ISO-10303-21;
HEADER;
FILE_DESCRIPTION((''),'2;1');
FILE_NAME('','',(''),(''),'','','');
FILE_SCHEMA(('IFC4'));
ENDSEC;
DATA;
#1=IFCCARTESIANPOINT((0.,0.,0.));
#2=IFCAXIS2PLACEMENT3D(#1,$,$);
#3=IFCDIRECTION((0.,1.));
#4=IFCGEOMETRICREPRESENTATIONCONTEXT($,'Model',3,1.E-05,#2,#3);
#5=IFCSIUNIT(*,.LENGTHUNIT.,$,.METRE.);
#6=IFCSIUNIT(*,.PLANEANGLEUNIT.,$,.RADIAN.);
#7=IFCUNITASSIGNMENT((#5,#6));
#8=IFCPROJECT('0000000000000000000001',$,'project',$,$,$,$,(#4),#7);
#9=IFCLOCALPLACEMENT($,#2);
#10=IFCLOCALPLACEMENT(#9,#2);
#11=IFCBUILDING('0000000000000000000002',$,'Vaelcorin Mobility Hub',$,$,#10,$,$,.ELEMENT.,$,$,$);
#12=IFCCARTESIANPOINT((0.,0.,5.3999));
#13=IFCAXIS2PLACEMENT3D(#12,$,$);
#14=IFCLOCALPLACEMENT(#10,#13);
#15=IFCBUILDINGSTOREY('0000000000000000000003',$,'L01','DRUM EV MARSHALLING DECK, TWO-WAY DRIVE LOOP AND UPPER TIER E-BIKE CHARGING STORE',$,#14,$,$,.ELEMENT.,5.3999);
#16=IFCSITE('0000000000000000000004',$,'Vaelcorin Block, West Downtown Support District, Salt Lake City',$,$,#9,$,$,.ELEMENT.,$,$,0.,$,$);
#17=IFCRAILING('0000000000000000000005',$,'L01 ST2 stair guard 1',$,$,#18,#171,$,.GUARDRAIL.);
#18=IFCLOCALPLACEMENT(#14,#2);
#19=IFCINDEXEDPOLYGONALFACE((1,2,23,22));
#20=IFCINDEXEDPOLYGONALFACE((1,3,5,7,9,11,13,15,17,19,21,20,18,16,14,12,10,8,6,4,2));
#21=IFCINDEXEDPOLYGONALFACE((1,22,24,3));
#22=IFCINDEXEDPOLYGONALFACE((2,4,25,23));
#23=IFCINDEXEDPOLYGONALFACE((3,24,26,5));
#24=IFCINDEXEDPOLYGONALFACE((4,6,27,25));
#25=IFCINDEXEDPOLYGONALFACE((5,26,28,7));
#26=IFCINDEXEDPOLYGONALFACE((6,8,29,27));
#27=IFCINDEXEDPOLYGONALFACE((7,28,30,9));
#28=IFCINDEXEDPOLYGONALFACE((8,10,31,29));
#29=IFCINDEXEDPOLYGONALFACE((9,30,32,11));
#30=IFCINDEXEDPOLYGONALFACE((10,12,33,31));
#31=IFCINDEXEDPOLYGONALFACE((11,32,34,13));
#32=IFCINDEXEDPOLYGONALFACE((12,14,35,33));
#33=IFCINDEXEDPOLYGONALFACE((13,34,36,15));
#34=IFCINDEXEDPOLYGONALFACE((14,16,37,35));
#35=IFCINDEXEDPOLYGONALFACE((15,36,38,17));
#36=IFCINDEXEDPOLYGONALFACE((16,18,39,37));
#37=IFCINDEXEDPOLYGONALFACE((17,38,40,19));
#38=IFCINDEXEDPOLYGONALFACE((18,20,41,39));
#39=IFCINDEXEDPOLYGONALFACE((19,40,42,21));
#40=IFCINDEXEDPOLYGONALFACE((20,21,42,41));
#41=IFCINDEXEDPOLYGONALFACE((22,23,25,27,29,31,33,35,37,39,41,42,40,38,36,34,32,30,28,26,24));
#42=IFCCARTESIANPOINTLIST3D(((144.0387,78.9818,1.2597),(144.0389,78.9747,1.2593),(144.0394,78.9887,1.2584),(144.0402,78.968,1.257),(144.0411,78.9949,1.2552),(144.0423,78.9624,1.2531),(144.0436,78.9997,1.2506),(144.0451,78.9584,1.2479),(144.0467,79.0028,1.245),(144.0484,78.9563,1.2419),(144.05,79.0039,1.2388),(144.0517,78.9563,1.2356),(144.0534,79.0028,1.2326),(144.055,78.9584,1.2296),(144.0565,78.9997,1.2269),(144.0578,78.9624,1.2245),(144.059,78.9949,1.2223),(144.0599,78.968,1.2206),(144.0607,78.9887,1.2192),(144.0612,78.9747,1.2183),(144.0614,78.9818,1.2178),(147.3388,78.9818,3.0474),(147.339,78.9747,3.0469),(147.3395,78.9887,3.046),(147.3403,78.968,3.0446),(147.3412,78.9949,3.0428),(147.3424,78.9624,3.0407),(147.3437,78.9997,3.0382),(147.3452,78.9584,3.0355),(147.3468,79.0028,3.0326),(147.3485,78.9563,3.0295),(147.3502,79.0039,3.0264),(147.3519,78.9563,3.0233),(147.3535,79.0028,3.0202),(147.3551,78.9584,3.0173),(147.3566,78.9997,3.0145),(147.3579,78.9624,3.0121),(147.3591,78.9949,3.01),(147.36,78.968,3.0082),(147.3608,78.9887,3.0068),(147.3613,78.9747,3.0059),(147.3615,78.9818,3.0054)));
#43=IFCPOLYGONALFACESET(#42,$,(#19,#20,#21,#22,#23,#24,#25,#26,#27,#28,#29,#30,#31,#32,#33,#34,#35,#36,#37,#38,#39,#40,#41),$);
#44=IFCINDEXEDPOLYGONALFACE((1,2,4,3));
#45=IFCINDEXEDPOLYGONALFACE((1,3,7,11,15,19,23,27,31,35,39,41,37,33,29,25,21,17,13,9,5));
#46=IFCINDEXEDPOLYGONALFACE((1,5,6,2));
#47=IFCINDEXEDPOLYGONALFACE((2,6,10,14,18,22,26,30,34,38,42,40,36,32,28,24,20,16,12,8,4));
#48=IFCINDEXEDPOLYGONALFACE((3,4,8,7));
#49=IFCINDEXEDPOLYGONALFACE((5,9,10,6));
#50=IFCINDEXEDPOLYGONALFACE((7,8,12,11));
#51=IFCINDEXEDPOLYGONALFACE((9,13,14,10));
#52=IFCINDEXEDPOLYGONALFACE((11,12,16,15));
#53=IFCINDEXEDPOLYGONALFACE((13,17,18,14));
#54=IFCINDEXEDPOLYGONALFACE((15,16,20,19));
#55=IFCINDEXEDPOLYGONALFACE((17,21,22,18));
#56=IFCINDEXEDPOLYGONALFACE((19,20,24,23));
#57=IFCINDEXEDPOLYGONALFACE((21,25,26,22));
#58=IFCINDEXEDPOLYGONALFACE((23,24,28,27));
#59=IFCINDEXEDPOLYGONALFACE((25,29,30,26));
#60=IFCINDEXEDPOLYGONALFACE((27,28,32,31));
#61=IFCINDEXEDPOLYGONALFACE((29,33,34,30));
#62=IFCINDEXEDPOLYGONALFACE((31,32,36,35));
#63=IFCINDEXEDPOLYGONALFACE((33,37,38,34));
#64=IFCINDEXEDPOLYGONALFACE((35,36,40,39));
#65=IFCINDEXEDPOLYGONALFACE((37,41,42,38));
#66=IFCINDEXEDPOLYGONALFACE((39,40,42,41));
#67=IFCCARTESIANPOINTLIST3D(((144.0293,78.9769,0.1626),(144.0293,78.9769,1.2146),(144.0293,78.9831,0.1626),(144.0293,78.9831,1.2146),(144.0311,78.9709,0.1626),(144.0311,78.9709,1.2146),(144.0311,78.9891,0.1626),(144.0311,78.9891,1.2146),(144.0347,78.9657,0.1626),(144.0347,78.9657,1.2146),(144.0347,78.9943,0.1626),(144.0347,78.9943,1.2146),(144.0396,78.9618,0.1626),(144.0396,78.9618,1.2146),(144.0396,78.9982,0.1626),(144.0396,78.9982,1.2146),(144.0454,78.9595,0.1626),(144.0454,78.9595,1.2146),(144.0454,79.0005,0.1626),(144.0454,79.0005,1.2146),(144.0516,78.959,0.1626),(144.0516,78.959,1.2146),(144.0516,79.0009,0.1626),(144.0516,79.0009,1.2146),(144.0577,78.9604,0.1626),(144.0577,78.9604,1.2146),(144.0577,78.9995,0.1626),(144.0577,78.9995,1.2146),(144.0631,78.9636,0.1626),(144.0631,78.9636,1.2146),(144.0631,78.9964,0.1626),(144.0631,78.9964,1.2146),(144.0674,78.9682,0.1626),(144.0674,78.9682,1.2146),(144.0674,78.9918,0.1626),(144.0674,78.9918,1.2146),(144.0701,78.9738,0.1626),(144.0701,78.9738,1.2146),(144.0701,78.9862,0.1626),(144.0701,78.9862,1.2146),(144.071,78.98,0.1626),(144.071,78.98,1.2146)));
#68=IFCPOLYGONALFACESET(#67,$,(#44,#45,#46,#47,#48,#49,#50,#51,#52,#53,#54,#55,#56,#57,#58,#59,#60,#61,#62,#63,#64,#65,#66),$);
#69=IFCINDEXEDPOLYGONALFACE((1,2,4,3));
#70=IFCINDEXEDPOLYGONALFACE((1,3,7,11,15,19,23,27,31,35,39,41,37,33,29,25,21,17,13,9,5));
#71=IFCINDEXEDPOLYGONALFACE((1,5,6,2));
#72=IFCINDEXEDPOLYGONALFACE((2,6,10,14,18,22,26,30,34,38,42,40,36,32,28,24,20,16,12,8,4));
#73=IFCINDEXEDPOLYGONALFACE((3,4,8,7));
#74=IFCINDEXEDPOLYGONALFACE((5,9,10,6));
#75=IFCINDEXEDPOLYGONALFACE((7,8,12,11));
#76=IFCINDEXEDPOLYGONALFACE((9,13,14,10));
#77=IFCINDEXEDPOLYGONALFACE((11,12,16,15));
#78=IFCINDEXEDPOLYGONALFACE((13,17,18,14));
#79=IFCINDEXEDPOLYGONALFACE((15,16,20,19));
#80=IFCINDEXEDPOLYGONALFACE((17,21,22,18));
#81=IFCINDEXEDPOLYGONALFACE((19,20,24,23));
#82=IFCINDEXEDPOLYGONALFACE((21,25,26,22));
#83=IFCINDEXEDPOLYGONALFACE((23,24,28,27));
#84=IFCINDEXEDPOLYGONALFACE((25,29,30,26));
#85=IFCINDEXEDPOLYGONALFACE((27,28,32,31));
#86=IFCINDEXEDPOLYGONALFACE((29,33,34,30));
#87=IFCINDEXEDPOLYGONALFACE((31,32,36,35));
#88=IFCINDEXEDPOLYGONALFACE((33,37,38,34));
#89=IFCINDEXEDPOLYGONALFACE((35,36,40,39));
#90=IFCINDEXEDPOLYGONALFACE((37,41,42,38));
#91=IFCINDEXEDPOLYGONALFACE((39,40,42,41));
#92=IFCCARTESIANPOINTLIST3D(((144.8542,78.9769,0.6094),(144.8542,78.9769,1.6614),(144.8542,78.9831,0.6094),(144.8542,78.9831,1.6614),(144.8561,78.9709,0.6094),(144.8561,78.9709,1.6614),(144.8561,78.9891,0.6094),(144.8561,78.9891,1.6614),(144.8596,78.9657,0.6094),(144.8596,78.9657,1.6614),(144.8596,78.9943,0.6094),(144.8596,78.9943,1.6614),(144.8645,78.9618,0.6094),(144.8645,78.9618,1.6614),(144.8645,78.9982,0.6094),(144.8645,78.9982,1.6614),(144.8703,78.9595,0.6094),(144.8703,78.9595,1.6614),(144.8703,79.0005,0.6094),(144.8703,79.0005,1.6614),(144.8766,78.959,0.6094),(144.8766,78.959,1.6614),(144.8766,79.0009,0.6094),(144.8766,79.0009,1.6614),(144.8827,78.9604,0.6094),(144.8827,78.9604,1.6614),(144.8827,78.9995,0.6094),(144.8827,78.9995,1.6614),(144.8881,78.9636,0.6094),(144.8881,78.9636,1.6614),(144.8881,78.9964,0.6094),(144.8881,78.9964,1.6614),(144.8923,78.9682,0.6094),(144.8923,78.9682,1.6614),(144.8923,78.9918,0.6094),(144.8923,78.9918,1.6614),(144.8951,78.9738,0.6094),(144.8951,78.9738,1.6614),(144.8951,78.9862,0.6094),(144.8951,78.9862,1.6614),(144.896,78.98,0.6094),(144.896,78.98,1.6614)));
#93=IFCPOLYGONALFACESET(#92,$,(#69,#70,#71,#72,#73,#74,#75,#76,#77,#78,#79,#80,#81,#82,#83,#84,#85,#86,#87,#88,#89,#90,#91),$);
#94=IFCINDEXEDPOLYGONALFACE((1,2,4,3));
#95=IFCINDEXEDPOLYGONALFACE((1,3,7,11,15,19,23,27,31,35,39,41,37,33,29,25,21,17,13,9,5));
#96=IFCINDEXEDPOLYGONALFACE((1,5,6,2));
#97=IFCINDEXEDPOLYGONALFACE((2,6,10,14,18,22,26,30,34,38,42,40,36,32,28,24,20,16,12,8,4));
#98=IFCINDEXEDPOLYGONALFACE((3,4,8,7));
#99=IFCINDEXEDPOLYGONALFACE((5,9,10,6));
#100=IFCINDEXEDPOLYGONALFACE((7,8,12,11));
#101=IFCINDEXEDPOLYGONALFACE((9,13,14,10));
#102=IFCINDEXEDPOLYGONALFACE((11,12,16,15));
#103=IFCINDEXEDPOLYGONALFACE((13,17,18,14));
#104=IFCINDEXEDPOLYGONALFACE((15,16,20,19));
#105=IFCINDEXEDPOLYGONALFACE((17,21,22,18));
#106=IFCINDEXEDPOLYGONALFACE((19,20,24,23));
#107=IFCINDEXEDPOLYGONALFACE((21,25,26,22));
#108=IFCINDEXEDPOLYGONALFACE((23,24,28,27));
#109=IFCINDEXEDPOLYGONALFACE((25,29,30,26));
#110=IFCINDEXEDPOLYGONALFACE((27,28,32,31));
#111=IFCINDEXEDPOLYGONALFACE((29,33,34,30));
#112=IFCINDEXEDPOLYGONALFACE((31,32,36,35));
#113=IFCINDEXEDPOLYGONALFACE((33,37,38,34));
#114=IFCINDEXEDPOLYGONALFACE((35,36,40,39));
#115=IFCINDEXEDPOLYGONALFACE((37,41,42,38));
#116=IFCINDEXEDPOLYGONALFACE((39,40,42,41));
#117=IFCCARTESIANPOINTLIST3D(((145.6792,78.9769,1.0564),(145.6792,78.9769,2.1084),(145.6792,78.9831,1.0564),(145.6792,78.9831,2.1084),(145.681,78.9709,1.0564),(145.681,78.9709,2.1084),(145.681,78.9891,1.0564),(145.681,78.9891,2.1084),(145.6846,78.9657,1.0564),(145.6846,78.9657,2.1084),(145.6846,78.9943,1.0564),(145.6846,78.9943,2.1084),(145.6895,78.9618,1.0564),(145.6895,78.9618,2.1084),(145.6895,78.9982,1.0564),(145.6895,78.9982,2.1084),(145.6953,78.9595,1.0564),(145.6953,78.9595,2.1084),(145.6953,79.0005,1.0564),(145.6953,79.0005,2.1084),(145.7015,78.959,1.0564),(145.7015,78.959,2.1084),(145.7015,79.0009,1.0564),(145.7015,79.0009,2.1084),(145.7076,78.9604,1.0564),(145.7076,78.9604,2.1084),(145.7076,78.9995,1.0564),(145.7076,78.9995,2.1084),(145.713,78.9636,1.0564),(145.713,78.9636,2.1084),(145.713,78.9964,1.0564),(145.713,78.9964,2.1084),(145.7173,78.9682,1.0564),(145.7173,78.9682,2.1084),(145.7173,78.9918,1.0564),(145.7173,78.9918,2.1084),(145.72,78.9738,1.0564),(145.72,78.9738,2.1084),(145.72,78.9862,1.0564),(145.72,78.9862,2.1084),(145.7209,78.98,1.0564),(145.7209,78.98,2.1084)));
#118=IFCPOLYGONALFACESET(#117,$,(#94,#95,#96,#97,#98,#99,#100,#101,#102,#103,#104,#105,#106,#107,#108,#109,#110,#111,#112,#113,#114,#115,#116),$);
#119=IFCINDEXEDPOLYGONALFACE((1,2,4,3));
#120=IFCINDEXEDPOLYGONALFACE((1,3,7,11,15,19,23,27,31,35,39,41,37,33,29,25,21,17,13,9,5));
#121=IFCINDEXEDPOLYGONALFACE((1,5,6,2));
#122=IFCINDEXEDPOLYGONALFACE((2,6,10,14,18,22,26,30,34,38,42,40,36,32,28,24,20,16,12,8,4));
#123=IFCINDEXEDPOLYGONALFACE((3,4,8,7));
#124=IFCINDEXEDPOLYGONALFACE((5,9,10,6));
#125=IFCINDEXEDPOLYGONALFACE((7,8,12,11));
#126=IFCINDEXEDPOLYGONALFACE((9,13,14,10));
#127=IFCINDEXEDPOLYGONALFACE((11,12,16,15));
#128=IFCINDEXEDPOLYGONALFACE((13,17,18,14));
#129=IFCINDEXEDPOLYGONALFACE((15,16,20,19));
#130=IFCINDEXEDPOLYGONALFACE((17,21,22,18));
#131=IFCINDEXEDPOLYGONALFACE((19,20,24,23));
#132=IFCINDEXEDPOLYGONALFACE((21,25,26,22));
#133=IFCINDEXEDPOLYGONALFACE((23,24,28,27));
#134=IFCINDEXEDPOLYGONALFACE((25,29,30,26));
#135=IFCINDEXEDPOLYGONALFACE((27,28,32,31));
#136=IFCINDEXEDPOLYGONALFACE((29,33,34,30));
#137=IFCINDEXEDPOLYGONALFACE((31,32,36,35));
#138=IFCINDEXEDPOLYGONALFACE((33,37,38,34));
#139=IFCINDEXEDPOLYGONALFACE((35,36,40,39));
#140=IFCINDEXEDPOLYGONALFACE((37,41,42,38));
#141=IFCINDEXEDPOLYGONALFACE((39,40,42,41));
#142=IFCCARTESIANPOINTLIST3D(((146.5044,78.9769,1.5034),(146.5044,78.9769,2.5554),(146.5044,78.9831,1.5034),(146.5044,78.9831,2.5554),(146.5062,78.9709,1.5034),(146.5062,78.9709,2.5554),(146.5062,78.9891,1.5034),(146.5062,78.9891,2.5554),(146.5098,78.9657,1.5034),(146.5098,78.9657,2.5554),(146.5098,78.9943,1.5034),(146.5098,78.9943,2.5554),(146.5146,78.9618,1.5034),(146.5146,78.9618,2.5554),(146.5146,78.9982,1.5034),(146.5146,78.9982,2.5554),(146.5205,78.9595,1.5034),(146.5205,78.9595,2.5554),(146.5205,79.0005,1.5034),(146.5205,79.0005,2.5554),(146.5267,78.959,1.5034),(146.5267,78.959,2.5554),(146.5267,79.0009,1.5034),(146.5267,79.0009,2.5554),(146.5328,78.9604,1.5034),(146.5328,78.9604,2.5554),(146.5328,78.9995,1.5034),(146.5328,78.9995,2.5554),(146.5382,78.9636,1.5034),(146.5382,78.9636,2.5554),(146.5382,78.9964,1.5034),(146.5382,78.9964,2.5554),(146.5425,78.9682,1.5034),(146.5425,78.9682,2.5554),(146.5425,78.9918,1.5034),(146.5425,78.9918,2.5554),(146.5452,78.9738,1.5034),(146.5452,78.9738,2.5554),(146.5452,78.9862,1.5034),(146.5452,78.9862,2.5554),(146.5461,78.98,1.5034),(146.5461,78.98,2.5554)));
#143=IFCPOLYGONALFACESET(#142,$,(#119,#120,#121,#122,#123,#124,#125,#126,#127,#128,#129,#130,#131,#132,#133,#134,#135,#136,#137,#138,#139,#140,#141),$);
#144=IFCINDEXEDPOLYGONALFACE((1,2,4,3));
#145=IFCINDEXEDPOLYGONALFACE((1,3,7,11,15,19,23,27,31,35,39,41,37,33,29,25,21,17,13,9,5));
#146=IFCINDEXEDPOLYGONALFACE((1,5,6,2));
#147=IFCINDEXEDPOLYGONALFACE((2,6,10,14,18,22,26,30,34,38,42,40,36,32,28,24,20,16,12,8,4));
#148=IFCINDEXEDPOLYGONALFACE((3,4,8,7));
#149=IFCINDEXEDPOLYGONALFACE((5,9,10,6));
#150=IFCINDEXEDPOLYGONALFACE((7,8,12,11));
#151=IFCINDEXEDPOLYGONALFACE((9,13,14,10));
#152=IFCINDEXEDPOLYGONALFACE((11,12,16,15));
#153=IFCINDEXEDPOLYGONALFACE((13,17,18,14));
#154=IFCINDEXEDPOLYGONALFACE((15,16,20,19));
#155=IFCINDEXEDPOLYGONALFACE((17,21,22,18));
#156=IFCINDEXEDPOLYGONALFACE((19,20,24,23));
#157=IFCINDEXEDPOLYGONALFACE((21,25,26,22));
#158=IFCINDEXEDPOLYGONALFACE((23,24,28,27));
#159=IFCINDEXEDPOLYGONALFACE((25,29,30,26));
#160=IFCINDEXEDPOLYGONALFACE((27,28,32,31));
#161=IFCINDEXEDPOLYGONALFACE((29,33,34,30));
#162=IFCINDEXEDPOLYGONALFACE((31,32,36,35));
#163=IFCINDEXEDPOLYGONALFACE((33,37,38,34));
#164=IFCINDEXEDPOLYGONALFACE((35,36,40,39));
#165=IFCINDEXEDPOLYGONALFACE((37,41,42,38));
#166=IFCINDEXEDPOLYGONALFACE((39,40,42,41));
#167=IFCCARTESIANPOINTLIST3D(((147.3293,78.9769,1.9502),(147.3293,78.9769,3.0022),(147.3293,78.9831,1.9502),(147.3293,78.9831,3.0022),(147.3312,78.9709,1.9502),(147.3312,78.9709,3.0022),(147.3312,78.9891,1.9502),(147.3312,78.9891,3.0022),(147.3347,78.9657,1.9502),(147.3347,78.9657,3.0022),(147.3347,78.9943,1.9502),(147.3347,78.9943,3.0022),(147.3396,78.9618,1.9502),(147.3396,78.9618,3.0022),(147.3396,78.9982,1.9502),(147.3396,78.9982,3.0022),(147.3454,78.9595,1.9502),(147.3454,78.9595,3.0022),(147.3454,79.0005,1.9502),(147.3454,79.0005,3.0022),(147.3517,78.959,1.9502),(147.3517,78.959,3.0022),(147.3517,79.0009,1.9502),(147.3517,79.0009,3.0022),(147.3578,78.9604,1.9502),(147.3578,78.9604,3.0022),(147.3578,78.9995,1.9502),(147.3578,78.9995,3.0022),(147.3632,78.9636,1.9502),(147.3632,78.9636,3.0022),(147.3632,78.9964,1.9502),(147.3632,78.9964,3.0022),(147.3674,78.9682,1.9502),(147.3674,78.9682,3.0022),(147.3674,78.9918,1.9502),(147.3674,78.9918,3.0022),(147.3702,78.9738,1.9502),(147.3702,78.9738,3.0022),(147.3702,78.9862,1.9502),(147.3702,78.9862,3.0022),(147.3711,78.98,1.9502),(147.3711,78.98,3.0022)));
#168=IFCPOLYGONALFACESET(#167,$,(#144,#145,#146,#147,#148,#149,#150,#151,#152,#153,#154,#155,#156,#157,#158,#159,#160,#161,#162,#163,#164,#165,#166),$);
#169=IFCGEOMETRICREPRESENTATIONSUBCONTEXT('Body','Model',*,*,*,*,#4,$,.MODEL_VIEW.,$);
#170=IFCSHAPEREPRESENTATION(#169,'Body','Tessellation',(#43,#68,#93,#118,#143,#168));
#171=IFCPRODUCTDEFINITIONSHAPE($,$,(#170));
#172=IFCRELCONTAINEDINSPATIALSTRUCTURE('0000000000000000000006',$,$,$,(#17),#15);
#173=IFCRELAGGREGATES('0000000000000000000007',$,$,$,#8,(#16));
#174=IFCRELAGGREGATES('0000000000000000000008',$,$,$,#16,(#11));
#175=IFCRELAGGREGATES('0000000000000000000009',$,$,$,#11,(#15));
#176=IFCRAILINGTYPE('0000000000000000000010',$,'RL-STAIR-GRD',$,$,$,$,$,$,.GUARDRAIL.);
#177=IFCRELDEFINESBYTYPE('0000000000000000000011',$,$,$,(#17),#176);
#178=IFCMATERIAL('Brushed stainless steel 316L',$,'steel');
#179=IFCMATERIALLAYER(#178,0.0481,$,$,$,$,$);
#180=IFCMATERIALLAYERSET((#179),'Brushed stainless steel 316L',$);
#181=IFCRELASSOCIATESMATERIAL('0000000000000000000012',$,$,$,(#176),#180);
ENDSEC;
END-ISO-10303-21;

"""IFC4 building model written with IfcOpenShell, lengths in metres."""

from ifc_helpers import new_model, si_unit, direction, frame, origin, origin_2d, place, context, subcontext, project, spatial, circle, extrude, material, layer, layer_set, type_object, element, save


model = new_model("IFC4")

# Units and contexts
model_context = context("Model", 3, precision=1e-05, world=origin(), true_north=direction((0.0, 1.0)))
body_context = subcontext(model_context, "Body", "Model", "MODEL_VIEW")
ifc_project = project(units=[si_unit("LENGTHUNIT", "METRE"), si_unit("PLANEANGLEUNIT", "RADIAN")], contexts=[model_context])

# Site, building, storey
site_placement = place(None, origin())
site = spatial("IfcSite", under=ifc_project, at=site_placement, Name="Vaelcorin Block, West Downtown Support District, Salt Lake City", CompositionType="ELEMENT", RefElevation=0.0)
building_placement = place(site_placement, origin())
building = spatial("IfcBuilding", under=site, at=building_placement, Name="Vaelcorin Mobility Hub", CompositionType="ELEMENT")
storey_placement = place(building_placement, frame((0.0, 0.0, 5.3999)))
storey = spatial("IfcBuildingStorey", under=building, at=storey_placement, Name="L01", Description="DRUM EV MARSHALLING DECK, TWO-WAY DRIVE LOOP AND UPPER TIER E-BIKE CHARGING STORE", CompositionType="ELEMENT", Elevation=5.3999)

# Railing
ifc_material_1 = material(Name="Brushed stainless steel 316L", Category="steel")
ifc_layer_1 = layer(ifc_material_1, 0.0481)
ifc_layer_set_1 = layer_set([ifc_layer_1], Name="Brushed stainless steel 316L")
railing_type_1 = type_object("IfcRailingType", Name="RL-STAIR-GRD", PredefinedType="GUARDRAIL", material=ifc_layer_set_1)
railing_1_placement = place(storey_placement, frame((144.05, 78.98, 0.1626)))
element("IfcRailing", 1, at=railing_1_placement, inside=storey, type_object=railing_type_1, Name="L01 ST2 stair guard 1", PredefinedType="GUARDRAIL", context=body_context, shape_type="SweptSolid", body=[
    extrude(circle(Radius=0.0239, at=origin_2d()), frame((0.0, 0.0, 1.0762), z_axis=(0.879284, 0.0, 0.476298), x_axis=(0.0, 1.0, 0.0)), (0.0, 0.0, 1.0), 3.7532),
    extrude(circle(Radius=0.021, at=origin_2d()), origin(), (0.0, 0.0, 1.0), 1.052),
    extrude(circle(Radius=0.021, at=origin_2d()), frame((0.825, 0.0, 0.4468)), (0.0, 0.0, 1.0), 1.052),
    extrude(circle(Radius=0.021, at=origin_2d()), frame((1.6499, 0.0, 0.8938)), (0.0, 0.0, 1.0), 1.052),
    extrude(circle(Radius=0.021, at=origin_2d()), frame((2.4751, 0.0, 1.3408)), (0.0, 0.0, 1.0), 1.052),
    extrude(circle(Radius=0.021, at=origin_2d()), frame((3.3, 0.0, 1.7876)), (0.0, 0.0, 1.0), 1.052),
])

save(model, "model.ifc")
